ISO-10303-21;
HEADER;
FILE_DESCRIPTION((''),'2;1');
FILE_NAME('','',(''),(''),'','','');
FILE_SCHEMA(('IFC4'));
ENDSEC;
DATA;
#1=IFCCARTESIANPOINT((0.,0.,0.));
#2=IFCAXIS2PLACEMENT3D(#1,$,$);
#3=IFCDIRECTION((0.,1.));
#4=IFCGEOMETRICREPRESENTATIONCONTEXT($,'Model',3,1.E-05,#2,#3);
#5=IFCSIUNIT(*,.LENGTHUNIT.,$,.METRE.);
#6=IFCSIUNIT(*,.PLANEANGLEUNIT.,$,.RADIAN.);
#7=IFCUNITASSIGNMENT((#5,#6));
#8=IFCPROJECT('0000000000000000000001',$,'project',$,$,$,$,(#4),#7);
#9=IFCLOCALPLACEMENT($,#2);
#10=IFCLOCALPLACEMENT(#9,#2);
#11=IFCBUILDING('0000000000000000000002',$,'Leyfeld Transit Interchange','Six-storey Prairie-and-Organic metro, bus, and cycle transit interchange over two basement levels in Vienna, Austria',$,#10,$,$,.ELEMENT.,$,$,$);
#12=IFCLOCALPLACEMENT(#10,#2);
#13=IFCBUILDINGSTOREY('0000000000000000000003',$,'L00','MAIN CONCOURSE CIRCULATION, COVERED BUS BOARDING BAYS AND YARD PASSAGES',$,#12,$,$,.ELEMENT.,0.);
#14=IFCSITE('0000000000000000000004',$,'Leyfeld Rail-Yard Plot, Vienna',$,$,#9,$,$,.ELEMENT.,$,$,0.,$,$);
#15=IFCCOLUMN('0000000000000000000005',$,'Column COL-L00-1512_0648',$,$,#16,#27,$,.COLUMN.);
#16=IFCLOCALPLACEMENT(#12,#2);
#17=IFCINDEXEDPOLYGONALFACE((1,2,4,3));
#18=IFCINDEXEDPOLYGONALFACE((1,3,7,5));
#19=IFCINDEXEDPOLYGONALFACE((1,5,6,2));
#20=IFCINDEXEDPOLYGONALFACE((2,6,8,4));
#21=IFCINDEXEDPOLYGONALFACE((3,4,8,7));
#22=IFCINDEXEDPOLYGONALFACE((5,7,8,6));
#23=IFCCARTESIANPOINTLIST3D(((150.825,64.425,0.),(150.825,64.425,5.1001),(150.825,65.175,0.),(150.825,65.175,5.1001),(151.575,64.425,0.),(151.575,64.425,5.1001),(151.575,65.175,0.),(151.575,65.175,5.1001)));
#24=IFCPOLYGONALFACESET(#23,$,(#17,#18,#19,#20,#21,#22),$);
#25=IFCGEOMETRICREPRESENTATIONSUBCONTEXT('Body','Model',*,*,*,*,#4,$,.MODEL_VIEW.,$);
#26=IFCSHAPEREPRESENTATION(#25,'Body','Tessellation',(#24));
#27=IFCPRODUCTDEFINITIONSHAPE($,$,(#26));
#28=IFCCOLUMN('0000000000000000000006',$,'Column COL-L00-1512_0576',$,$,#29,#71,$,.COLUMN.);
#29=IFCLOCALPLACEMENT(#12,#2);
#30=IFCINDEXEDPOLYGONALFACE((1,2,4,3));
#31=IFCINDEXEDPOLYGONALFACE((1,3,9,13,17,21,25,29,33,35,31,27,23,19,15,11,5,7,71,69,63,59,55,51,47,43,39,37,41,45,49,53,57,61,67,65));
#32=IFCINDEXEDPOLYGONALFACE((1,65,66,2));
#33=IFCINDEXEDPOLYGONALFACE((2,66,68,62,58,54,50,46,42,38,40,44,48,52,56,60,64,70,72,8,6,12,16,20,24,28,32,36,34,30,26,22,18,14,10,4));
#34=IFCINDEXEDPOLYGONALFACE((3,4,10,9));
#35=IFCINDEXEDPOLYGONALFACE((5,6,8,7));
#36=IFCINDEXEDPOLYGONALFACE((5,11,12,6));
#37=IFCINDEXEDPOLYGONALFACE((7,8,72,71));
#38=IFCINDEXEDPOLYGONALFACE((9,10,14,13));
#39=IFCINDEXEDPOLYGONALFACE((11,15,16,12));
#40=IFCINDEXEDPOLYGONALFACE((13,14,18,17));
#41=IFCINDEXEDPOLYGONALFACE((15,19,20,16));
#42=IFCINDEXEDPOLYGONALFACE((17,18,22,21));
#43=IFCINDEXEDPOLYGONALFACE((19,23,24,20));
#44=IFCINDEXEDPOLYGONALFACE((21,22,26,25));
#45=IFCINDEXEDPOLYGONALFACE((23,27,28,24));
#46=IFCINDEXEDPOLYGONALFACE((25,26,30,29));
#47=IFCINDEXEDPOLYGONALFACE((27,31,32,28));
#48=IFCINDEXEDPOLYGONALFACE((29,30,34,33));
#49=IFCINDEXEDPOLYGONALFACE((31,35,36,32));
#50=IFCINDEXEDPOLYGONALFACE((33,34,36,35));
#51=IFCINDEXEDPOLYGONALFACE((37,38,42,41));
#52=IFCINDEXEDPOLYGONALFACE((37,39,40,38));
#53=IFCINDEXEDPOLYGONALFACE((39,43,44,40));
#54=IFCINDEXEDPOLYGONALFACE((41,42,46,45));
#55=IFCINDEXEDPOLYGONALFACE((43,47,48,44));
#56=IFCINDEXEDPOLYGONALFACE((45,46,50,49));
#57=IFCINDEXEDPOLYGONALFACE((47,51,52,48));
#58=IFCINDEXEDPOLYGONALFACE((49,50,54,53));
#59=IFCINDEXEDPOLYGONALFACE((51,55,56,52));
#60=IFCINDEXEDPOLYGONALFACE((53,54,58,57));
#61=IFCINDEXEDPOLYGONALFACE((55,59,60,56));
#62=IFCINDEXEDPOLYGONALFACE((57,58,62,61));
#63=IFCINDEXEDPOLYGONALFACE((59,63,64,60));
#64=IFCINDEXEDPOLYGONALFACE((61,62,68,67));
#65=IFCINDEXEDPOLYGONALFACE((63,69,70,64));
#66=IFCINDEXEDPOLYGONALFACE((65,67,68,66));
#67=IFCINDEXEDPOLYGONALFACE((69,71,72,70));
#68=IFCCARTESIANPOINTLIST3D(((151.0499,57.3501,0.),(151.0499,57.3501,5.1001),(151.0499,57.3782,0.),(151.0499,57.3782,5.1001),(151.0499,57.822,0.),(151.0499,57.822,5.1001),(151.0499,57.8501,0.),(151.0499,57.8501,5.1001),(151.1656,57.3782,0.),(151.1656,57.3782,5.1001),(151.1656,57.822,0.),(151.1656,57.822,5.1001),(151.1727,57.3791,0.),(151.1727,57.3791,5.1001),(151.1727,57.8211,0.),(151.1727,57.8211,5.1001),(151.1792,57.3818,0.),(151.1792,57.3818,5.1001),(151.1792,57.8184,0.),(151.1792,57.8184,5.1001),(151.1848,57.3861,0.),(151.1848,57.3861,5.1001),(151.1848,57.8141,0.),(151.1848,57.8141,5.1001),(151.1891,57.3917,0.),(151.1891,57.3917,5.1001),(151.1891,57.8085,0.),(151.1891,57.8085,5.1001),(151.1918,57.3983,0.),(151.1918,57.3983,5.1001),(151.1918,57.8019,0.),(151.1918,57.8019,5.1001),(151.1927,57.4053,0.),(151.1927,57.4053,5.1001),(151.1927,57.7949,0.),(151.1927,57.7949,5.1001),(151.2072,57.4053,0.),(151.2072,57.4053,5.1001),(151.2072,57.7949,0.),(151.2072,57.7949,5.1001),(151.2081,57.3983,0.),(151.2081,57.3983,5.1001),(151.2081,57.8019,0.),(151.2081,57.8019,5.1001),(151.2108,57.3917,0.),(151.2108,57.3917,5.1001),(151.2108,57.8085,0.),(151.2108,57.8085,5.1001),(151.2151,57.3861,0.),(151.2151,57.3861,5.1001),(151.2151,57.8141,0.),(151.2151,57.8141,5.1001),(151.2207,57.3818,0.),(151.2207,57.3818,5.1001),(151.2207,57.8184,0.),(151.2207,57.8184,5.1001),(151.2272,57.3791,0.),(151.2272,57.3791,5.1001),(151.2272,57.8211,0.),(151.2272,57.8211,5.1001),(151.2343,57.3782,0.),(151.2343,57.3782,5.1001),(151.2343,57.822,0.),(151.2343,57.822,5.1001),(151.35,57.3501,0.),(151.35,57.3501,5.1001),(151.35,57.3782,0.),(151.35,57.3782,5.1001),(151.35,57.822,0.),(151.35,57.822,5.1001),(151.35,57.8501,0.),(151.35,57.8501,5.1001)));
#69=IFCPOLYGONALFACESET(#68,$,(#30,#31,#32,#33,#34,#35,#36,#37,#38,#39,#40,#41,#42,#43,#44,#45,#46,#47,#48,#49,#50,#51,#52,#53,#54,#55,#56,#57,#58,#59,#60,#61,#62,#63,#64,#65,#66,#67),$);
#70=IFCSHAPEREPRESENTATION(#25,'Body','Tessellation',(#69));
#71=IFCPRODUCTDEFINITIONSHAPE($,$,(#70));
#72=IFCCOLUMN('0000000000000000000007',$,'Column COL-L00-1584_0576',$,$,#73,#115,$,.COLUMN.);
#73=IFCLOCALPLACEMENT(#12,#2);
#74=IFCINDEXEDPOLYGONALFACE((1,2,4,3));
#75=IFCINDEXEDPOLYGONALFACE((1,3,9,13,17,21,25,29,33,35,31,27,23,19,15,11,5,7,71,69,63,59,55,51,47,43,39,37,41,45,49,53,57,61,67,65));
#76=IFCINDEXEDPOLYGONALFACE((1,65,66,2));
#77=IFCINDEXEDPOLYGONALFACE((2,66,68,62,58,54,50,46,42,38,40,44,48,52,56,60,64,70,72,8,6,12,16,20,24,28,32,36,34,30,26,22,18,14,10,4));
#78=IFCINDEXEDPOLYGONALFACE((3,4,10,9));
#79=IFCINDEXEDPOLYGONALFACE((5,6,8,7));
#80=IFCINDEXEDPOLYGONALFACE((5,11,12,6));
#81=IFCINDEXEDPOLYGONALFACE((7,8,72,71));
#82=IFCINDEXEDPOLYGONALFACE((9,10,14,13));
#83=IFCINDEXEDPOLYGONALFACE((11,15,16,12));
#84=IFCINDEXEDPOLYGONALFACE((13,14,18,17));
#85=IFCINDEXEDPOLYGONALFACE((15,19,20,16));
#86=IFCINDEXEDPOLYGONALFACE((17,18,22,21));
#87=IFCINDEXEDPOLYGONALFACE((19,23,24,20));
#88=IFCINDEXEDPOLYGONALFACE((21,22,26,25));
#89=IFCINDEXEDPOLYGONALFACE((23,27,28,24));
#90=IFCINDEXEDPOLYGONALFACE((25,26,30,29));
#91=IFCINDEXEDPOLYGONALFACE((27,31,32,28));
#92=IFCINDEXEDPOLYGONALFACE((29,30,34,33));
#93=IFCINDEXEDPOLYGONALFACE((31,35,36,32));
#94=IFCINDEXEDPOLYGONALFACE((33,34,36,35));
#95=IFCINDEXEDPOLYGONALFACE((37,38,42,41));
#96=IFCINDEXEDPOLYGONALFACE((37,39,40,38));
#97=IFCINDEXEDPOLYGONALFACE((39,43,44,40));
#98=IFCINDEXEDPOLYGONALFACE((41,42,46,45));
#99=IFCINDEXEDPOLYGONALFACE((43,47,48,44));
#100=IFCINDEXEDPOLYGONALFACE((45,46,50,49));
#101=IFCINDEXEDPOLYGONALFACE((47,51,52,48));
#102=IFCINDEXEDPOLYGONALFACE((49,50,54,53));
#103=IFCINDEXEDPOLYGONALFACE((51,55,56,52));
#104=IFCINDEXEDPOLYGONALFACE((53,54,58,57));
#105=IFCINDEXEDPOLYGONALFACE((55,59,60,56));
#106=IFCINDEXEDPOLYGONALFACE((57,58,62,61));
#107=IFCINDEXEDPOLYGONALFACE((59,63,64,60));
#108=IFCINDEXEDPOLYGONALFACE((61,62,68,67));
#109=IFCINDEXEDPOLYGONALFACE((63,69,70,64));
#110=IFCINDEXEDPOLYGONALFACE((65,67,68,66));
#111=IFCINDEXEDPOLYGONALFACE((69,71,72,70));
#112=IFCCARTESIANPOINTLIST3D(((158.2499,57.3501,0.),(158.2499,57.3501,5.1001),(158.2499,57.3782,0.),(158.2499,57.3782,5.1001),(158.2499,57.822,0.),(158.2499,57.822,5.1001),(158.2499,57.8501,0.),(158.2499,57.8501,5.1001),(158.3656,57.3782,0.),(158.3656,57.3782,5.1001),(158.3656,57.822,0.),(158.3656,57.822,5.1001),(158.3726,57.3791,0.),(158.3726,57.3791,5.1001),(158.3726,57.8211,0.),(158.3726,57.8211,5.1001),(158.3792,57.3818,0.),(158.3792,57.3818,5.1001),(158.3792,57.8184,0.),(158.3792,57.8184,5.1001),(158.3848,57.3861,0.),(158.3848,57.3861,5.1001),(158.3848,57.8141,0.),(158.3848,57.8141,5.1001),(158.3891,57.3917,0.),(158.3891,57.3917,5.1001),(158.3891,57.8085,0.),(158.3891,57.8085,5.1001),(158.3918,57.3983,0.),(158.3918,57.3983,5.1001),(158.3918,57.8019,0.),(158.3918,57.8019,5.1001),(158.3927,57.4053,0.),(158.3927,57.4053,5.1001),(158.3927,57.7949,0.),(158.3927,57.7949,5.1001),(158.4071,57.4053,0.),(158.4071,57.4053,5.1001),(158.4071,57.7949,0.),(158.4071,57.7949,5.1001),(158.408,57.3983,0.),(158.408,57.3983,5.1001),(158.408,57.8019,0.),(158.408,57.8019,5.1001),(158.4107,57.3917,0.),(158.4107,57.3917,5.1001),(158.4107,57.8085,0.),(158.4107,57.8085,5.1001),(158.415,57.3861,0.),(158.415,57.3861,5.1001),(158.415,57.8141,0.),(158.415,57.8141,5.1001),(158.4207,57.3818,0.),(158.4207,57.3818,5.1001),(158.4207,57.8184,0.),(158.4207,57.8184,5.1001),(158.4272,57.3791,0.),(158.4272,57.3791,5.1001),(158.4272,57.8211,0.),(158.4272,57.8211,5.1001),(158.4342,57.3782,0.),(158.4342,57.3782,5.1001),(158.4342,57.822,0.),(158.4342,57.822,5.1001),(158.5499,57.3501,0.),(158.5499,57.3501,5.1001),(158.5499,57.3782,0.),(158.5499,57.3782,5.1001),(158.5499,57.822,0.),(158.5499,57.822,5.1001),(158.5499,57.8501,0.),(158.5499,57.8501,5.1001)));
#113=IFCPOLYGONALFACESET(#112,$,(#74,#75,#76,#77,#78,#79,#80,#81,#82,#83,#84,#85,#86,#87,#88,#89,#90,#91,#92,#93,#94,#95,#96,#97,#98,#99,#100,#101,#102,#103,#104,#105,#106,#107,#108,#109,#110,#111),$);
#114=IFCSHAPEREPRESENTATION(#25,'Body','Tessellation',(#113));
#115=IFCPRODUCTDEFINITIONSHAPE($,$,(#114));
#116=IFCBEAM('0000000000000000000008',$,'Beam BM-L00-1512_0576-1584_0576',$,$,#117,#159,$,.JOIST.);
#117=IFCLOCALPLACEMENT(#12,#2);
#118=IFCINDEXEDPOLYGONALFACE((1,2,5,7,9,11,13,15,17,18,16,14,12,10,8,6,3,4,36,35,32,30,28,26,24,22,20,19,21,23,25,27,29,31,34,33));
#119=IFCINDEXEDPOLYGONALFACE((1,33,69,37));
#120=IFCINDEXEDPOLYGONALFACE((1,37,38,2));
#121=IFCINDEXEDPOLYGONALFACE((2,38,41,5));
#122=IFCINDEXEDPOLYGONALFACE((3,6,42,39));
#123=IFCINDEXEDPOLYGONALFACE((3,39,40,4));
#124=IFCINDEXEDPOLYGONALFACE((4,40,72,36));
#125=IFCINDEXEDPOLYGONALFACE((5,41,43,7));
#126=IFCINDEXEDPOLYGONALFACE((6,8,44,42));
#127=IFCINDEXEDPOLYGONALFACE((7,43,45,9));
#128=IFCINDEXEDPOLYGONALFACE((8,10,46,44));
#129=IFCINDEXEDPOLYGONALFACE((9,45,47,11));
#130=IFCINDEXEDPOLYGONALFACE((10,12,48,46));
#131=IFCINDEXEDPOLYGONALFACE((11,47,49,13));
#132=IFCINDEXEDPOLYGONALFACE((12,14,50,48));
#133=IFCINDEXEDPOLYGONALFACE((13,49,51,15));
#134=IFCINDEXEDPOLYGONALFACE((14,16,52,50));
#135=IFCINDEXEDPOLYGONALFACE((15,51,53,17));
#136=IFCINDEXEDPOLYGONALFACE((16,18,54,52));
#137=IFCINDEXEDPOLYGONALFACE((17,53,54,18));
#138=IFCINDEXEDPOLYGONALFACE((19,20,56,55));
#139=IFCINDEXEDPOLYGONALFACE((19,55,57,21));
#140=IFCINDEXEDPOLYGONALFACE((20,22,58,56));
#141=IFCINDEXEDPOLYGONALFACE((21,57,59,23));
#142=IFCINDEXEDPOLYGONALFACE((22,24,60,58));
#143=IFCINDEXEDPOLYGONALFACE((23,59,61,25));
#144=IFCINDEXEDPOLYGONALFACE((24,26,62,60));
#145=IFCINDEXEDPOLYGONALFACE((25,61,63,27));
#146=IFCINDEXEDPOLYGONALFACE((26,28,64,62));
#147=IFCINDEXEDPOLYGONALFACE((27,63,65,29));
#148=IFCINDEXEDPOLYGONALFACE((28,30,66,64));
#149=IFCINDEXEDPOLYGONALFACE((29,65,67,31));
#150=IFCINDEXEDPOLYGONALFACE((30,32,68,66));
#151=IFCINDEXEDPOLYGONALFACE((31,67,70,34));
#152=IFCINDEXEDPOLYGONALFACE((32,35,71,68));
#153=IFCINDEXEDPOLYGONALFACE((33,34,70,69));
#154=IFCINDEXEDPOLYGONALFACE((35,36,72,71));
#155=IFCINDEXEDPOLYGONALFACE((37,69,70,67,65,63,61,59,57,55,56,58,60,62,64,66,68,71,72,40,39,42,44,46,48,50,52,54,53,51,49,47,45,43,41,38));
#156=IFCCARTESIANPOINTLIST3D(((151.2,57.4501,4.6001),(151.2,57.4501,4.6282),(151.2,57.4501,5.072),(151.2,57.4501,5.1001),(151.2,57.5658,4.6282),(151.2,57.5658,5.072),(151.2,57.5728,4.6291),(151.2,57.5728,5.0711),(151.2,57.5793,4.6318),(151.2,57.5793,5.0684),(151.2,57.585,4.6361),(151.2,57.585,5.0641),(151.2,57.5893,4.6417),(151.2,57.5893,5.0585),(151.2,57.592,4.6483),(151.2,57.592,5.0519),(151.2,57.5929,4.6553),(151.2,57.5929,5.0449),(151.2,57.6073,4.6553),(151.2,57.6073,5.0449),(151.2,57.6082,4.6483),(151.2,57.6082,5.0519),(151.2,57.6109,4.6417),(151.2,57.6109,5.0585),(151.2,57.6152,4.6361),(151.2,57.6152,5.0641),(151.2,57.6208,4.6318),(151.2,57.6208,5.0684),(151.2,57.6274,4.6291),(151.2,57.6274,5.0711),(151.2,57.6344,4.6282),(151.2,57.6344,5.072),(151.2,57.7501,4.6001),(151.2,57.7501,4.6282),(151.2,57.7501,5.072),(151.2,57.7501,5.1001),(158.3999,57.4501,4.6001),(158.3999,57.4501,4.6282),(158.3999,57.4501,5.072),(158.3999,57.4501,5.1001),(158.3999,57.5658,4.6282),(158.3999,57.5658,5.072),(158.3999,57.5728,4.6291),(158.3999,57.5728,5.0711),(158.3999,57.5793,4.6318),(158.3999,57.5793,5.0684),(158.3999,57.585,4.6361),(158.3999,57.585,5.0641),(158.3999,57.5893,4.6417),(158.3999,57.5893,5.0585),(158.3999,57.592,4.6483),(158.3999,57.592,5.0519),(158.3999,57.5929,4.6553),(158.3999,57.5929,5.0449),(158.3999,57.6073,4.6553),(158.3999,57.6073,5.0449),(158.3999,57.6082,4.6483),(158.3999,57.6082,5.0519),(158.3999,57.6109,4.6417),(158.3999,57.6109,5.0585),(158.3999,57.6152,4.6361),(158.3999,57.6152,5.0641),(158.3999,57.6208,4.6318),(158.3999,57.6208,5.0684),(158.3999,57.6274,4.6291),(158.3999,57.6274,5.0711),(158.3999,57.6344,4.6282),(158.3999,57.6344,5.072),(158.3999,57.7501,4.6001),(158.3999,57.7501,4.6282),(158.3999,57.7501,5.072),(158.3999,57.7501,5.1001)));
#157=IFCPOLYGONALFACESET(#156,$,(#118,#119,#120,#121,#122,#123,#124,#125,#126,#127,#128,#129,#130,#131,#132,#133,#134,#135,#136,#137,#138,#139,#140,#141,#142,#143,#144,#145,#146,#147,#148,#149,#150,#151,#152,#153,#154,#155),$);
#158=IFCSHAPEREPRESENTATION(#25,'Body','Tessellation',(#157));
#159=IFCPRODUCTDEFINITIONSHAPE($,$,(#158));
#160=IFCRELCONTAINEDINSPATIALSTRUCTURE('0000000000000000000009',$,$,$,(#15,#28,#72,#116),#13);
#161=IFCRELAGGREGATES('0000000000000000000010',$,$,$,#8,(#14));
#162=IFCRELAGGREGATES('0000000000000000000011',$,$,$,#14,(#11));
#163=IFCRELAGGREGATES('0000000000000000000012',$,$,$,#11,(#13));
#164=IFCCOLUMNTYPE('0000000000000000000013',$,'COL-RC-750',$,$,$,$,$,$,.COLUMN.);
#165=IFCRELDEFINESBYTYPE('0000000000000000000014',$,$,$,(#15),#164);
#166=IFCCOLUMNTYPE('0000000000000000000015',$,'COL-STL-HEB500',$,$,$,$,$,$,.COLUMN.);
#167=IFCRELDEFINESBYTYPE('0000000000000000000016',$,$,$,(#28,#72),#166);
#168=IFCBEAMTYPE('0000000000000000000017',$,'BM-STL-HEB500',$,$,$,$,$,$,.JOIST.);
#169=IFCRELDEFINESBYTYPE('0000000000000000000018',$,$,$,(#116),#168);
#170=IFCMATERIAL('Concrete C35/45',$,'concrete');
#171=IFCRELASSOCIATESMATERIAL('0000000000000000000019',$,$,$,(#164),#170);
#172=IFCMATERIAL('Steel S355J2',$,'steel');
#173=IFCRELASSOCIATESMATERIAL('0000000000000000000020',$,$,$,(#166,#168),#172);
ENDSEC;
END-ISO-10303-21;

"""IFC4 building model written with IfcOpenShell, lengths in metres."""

from ifc_helpers import new_model, si_unit, direction, frame, origin, origin_2d, place, context, subcontext, project, spatial, rectangle, i_section, extrude, material, material_profile, profile_set, type_object, element, save


model = new_model("IFC4")

# Units and contexts
model_context = context("Model", 3, precision=1e-05, world=origin(), true_north=direction((0.0, 1.0)))
body_context = subcontext(model_context, "Body", "Model", "MODEL_VIEW")
ifc_project = project(units=[si_unit("LENGTHUNIT", "METRE"), si_unit("PLANEANGLEUNIT", "RADIAN")], contexts=[model_context])

# Site, building, storey
site_placement = place(None, origin())
site = spatial("IfcSite", under=ifc_project, at=site_placement, Name="Leyfeld Rail-Yard Plot, Vienna", CompositionType="ELEMENT", RefElevation=0.0)
building_placement = place(site_placement, origin())
building = spatial("IfcBuilding", under=site, at=building_placement, Name="Leyfeld Transit Interchange", Description="Six-storey Prairie-and-Organic metro, bus, and cycle transit interchange over two basement levels in Vienna, Austria", CompositionType="ELEMENT")
storey_placement = place(building_placement, origin())
storey = spatial("IfcBuildingStorey", under=building, at=storey_placement, Name="L00", Description="MAIN CONCOURSE CIRCULATION, COVERED BUS BOARDING BAYS AND YARD PASSAGES", CompositionType="ELEMENT", Elevation=0.0)

# Columns
ifc_material_1 = material(Name="Concrete C35/45", Category="concrete")
ifc_material_profile_1 = material_profile(ifc_material_1, rectangle(XDim=0.75, YDim=0.75, at=origin_2d()), Name="RC 750x750")
ifc_profile_set_1 = profile_set([ifc_material_profile_1], Name="Concrete C35/45")
column_type_1 = type_object("IfcColumnType", Name="COL-RC-750", PredefinedType="COLUMN", material=ifc_profile_set_1)
column_placement = place(storey_placement, frame((151.2, 64.8, 0.0), z_axis=(0.0, 0.0, 1.0), x_axis=(1.0, 0.0, 0.0)))
element("IfcColumn", 1, at=column_placement, inside=storey, type_object=column_type_1, Name="Column COL-L00-1512_0648", PredefinedType="COLUMN", context=body_context, shape_type="SweptSolid", body=[
    extrude(rectangle(XDim=0.75, YDim=0.75, at=origin_2d()), origin(), (0.0, 0.0, 1.0), 5.1001),
])
ifc_material_2 = material(Name="Steel S355J2", Category="steel")
ifc_material_profile_2 = material_profile(ifc_material_2, i_section(OverallWidth=0.3, OverallDepth=0.5, WebThickness=0.0144, FlangeThickness=0.0281, FilletRadius=0.0271, at=origin_2d()), Name="HEB 500")
ifc_profile_set_2 = profile_set([ifc_material_profile_2], Name="Steel S355J2")
column_type_2 = type_object("IfcColumnType", Name="COL-STL-HEB500", PredefinedType="COLUMN", material=ifc_profile_set_2)
for number, where, z_axis, x_axis, name in (
    (2, (151.2, 57.6001, 0.0), (0.0, 0.0, 1.0), (1.0, 0.0, 0.0), "Column COL-L00-1512_0576"),
    (3, (158.3999, 57.6001, 0.0), (0.0, 0.0, 1.0), (1.0, 0.0, 0.0), "Column COL-L00-1584_0576"),
):
    element("IfcColumn", number, at=place(storey_placement, frame(where, z_axis=z_axis, x_axis=x_axis)), inside=storey, type_object=column_type_2, Name=name, PredefinedType="COLUMN", context=body_context, shape_type="SweptSolid", body=[
        extrude(i_section(OverallWidth=0.3, OverallDepth=0.5, WebThickness=0.0144, FlangeThickness=0.0281, FilletRadius=0.0271, at=origin_2d()), origin(), (0.0, 0.0, 1.0), 5.1001),
    ])

# Beam
ifc_material_profile_3 = material_profile(ifc_material_2, i_section(OverallWidth=0.3, OverallDepth=0.5, WebThickness=0.0144, FlangeThickness=0.0281, FilletRadius=0.0271, at=origin_2d()), Name="HEB 500")
ifc_profile_set_3 = profile_set([ifc_material_profile_3], Name="Steel S355J2")
beam_type_1 = type_object("IfcBeamType", Name="BM-STL-HEB500", PredefinedType="JOIST", material=ifc_profile_set_3)
beam_1_placement = place(storey_placement, frame((151.2, 57.6001, 4.8501), z_axis=(1.0, 0.0, 0.0), x_axis=(0.0, 1.0, 0.0)))
element("IfcBeam", 4, at=beam_1_placement, inside=storey, type_object=beam_type_1, Name="Beam BM-L00-1512_0576-1584_0576", PredefinedType="JOIST", context=body_context, shape_type="SweptSolid", body=[
    extrude(i_section(OverallWidth=0.3, OverallDepth=0.5, WebThickness=0.0144, FlangeThickness=0.0281, FilletRadius=0.0271, at=origin_2d()), origin(), (0.0, 0.0, 1.0), 7.2),
])

save(model, "model.ifc")
